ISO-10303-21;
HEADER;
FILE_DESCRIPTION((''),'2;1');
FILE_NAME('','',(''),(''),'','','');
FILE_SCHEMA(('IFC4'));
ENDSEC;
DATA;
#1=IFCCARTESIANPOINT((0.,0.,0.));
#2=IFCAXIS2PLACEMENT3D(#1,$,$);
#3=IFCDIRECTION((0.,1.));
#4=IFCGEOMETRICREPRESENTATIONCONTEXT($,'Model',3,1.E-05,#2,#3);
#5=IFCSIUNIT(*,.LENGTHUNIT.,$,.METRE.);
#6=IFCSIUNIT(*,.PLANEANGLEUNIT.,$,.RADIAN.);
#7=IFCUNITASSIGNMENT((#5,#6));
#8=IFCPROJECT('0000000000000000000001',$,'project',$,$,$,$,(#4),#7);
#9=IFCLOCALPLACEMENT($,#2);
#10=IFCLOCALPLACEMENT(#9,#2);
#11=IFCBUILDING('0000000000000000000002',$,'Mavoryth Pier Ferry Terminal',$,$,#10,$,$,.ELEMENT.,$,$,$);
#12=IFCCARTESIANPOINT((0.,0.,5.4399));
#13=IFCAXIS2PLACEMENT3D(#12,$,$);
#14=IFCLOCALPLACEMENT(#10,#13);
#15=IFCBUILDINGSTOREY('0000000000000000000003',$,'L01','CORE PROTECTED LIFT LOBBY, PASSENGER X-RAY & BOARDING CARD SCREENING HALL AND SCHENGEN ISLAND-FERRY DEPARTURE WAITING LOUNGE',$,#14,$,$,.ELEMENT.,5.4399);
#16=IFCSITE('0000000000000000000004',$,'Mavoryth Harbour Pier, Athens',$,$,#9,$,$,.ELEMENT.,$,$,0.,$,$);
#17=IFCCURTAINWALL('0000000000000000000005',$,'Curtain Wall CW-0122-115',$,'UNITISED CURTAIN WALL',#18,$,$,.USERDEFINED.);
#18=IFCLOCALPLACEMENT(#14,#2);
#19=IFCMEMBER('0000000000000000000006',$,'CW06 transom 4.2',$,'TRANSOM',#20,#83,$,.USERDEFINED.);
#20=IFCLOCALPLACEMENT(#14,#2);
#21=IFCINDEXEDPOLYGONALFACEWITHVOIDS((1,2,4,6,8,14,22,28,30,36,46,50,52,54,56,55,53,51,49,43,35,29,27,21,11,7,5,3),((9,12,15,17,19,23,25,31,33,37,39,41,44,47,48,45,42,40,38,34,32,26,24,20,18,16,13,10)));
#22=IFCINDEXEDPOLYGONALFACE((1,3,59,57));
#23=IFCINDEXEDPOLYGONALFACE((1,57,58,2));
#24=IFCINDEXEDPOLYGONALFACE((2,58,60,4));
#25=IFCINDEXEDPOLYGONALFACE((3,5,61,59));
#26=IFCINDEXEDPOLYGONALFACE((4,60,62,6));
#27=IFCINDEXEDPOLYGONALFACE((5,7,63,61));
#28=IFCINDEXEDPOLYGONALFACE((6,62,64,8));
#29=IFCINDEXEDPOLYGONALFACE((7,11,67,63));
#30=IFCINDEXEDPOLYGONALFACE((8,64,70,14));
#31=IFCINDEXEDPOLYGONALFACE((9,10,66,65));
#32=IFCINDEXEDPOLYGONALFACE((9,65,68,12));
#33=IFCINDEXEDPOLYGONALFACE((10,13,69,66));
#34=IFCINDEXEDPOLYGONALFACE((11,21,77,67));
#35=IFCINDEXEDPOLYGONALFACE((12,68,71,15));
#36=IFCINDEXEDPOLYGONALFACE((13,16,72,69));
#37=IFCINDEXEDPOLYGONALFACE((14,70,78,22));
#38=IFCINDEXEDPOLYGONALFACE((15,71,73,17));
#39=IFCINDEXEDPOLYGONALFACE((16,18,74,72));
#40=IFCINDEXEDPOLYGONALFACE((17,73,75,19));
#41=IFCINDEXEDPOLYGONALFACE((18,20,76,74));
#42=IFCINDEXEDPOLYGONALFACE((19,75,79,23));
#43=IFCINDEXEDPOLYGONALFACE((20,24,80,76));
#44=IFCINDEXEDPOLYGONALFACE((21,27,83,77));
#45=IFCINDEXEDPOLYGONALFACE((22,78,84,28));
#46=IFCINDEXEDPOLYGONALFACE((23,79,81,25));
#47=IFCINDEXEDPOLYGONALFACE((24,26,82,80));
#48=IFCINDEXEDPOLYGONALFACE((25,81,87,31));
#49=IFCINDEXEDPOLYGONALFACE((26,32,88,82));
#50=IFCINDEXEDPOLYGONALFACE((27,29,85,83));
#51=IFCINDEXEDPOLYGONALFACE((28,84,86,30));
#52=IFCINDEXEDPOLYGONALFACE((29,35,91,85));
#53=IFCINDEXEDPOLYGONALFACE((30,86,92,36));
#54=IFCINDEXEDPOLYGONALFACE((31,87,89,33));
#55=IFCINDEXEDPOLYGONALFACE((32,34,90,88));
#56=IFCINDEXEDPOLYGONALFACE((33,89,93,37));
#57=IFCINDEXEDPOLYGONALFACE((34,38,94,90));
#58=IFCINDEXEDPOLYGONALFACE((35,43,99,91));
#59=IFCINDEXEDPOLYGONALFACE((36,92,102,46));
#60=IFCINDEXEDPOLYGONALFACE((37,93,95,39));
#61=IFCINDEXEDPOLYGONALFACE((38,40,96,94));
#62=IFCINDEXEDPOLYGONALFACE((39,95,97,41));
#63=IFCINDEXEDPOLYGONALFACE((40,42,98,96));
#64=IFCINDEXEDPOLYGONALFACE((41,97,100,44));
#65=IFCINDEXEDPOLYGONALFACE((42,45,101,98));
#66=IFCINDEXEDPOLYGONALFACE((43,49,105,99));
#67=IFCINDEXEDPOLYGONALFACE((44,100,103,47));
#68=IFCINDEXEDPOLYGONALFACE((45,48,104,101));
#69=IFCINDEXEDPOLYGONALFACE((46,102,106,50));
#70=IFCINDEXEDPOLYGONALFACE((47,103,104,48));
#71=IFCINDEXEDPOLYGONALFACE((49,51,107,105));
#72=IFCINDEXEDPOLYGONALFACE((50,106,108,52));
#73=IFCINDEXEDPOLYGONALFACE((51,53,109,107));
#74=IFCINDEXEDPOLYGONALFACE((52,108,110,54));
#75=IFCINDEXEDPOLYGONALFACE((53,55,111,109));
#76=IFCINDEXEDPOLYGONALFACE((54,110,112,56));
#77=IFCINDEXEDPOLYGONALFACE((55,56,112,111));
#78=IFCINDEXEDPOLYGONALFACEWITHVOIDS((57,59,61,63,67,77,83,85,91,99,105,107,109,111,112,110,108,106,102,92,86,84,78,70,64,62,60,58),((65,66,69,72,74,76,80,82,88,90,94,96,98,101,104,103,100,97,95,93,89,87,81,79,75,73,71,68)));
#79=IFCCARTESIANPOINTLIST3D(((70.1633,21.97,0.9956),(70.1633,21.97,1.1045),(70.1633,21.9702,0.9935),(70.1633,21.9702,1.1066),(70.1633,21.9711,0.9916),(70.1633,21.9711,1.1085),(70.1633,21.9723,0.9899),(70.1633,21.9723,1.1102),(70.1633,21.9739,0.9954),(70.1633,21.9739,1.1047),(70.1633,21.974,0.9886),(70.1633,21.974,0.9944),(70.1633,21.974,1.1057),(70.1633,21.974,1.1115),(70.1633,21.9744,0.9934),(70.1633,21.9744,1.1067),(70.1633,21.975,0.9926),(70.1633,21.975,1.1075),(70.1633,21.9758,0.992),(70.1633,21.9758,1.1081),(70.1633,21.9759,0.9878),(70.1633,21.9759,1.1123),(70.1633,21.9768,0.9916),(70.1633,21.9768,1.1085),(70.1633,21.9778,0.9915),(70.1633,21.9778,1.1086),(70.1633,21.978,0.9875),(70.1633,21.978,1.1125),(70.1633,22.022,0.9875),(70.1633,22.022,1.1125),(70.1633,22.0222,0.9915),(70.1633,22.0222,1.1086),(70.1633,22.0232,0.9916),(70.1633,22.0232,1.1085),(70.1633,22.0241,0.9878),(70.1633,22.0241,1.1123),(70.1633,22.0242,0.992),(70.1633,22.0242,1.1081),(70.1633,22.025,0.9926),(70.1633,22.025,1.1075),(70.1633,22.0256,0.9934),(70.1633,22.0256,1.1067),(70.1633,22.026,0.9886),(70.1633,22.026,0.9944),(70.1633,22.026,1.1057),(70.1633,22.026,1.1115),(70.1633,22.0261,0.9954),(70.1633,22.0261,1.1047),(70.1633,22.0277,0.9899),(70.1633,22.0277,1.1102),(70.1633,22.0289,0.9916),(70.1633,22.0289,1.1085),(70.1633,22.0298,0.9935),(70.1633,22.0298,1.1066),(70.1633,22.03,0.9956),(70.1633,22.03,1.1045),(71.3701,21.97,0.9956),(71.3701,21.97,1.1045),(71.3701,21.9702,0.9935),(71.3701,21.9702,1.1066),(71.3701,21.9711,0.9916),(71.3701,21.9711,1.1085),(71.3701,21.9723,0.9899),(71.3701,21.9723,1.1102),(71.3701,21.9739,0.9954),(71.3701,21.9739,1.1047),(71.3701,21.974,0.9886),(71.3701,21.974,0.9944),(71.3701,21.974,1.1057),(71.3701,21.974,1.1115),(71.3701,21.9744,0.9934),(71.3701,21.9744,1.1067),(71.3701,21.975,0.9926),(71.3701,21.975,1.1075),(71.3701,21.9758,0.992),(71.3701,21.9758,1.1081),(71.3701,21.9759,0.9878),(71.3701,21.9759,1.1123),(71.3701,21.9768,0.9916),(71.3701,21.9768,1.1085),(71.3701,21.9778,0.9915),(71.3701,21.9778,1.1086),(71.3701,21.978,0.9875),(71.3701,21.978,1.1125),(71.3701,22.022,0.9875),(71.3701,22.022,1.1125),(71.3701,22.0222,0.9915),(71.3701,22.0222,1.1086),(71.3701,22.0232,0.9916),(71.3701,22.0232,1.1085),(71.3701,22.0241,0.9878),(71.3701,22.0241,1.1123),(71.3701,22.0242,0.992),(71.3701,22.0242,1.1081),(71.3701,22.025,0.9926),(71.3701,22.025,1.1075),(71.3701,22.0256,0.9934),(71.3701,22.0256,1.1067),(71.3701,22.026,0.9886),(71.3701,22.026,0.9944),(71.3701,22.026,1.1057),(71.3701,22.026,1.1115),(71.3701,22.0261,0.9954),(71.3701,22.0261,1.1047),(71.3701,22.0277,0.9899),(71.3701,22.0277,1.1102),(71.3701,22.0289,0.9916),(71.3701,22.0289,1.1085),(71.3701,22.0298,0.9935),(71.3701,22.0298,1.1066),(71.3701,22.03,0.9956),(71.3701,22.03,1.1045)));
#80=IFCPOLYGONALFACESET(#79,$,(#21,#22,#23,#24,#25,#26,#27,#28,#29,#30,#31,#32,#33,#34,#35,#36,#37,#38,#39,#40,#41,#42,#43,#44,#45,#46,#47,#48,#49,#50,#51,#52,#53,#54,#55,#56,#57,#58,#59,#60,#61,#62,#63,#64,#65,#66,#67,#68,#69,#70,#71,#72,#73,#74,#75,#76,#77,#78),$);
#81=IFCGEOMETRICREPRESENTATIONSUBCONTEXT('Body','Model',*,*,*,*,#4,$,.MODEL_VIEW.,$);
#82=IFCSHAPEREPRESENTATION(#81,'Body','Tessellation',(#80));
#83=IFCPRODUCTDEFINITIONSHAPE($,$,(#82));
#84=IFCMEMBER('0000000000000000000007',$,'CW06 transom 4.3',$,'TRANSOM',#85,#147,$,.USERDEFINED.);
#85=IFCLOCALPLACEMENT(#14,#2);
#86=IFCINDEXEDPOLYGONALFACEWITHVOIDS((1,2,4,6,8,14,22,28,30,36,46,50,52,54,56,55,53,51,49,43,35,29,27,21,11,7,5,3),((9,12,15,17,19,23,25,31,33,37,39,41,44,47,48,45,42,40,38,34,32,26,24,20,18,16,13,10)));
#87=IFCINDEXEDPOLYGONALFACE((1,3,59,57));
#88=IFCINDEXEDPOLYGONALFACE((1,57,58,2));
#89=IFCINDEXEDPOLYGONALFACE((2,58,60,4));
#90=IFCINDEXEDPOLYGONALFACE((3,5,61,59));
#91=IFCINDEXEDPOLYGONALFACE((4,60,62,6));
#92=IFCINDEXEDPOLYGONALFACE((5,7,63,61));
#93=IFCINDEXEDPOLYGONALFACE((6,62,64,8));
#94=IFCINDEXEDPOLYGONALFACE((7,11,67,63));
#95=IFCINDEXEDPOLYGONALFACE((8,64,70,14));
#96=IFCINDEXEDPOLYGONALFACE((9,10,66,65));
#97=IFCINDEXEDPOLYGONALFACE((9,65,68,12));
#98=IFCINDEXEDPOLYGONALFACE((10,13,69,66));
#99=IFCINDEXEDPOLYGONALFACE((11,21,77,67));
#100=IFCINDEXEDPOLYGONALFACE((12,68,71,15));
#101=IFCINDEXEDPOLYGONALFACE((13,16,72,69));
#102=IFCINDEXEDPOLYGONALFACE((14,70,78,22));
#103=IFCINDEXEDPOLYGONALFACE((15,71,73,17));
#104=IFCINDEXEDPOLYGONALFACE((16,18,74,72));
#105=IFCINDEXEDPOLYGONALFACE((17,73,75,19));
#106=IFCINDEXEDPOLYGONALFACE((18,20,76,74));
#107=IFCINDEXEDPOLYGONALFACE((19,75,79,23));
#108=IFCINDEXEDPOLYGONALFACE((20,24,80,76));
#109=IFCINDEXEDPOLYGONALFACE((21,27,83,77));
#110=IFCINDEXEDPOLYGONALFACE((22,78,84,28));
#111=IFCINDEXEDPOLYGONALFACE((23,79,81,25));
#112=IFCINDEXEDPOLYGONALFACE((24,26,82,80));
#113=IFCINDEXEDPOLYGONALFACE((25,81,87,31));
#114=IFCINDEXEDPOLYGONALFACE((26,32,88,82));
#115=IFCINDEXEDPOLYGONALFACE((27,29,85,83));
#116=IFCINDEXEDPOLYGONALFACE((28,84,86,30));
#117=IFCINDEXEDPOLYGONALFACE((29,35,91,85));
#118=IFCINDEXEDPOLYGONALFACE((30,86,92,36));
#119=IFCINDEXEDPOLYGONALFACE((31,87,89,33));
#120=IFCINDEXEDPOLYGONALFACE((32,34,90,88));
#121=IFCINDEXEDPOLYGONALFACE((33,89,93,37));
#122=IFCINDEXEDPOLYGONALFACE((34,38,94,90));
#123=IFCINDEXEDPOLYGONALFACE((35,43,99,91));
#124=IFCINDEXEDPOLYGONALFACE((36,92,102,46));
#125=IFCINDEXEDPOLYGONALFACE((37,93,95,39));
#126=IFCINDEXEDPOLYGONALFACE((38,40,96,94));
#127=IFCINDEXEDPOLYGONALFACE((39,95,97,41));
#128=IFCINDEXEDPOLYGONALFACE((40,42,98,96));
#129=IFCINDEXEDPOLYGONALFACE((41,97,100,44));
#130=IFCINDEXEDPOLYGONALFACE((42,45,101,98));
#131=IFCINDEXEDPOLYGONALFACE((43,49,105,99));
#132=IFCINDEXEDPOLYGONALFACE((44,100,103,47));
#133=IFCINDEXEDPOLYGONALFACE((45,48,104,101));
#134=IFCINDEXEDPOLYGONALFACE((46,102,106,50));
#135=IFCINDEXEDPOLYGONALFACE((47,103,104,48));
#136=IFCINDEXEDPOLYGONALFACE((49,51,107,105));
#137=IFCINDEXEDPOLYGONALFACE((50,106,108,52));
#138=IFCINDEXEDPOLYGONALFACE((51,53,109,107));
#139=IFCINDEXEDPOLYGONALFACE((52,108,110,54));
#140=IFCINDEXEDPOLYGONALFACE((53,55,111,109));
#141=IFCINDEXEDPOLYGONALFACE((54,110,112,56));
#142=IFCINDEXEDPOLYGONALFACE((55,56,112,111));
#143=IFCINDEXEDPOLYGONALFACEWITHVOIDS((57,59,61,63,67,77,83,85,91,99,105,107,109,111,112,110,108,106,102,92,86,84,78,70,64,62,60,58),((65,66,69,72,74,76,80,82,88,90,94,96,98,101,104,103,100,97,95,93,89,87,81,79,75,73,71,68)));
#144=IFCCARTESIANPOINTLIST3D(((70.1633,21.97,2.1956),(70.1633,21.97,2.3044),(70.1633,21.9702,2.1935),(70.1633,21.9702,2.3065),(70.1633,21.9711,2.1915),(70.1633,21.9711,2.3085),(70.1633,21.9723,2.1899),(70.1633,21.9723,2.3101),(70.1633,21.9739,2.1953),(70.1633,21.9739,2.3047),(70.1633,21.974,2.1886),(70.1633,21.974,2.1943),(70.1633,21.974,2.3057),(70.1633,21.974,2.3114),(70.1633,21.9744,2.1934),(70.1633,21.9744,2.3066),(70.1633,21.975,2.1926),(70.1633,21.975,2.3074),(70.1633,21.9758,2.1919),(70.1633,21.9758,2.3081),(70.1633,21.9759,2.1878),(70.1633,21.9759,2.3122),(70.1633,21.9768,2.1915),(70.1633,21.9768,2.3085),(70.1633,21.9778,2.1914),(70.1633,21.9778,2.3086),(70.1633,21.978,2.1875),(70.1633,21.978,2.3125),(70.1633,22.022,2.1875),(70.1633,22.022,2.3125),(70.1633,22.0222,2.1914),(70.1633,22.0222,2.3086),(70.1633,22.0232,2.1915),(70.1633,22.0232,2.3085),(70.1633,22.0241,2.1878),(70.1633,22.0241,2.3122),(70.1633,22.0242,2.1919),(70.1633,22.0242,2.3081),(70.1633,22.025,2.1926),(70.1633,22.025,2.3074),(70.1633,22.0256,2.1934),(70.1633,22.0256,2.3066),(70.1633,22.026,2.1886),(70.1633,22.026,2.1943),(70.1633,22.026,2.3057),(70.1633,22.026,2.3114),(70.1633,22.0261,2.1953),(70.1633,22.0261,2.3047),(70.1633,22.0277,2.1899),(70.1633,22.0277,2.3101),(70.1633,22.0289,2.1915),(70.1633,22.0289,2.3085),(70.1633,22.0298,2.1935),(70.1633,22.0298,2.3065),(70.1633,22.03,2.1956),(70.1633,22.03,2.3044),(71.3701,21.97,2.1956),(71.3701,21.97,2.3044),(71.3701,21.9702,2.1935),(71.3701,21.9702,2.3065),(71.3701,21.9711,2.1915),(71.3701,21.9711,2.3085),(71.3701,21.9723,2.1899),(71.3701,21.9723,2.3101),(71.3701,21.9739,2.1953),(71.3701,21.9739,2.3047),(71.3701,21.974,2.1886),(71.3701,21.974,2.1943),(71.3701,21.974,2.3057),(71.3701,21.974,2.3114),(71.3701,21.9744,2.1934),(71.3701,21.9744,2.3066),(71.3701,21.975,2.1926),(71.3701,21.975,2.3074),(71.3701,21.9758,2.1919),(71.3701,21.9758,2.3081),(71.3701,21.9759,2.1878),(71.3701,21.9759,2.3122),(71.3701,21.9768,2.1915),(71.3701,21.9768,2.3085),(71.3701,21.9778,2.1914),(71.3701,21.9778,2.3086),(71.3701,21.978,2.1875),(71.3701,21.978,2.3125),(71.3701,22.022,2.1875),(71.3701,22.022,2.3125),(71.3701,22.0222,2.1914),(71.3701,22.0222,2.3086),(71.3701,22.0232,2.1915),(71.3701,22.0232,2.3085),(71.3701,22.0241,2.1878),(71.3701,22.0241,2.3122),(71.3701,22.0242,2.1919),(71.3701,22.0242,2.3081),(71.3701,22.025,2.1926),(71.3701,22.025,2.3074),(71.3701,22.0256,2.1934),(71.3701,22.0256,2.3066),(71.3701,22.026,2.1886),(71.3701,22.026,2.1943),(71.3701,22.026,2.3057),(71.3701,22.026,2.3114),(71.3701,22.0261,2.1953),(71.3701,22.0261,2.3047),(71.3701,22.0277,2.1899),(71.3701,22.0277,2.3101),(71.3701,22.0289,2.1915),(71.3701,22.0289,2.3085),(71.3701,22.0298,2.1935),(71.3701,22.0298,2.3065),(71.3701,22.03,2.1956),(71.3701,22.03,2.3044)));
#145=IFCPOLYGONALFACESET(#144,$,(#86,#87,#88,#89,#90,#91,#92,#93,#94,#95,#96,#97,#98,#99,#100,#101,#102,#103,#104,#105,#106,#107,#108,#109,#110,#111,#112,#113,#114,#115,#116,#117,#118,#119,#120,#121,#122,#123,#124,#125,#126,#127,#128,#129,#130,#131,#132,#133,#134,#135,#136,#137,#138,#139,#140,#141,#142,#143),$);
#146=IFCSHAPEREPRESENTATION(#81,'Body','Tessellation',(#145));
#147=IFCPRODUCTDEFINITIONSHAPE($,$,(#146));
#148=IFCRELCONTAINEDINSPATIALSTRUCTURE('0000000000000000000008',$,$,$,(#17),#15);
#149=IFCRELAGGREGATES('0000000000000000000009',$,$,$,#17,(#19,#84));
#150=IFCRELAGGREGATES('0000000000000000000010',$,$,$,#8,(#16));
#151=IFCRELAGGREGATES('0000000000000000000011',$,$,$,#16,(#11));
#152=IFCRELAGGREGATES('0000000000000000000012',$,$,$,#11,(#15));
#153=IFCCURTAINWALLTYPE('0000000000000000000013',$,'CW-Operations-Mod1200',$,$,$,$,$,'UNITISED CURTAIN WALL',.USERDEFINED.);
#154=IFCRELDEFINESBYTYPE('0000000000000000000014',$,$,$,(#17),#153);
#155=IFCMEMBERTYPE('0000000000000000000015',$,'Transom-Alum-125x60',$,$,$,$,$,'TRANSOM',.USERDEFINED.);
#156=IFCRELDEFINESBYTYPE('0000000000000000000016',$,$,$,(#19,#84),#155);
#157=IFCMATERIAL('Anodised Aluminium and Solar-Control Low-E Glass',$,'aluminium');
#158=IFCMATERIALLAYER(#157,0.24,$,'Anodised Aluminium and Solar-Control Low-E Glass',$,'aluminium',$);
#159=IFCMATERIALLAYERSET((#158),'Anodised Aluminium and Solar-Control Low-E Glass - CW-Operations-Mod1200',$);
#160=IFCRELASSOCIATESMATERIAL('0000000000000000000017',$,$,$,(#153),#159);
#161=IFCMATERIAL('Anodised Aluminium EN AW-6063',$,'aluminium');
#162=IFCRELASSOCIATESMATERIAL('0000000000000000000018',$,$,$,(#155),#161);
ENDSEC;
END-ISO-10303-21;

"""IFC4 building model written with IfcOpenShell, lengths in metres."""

from ifc_helpers import new_model, si_unit, direction, frame, origin, origin_2d, place, context, subcontext, project, spatial, hollow_rectangle, extrude, material, layer, layer_set, material_profile, profile_set, type_object, element, aggregate, save


model = new_model("IFC4")

# Units and contexts
model_context = context("Model", 3, precision=1e-05, world=origin(), true_north=direction((0.0, 1.0)))
body_context = subcontext(model_context, "Body", "Model", "MODEL_VIEW")
ifc_project = project(units=[si_unit("LENGTHUNIT", "METRE"), si_unit("PLANEANGLEUNIT", "RADIAN")], contexts=[model_context])

# Site, building, storey
site_placement = place(None, origin())
site = spatial("IfcSite", under=ifc_project, at=site_placement, Name="Mavoryth Harbour Pier, Athens", CompositionType="ELEMENT", RefElevation=0.0)
building_placement = place(site_placement, origin())
building = spatial("IfcBuilding", under=site, at=building_placement, Name="Mavoryth Pier Ferry Terminal", CompositionType="ELEMENT")
storey_placement = place(building_placement, frame((0.0, 0.0, 5.4399)))
storey = spatial("IfcBuildingStorey", under=building, at=storey_placement, Name="L01", Description="CORE PROTECTED LIFT LOBBY, PASSENGER X-RAY & BOARDING CARD SCREENING HALL AND SCHENGEN ISLAND-FERRY DEPARTURE WAITING LOUNGE", CompositionType="ELEMENT", Elevation=5.4399)

# Curtain wall
ifc_material_1 = material(Name="Anodised Aluminium and Solar-Control Low-E Glass", Category="aluminium")
ifc_layer_1 = layer(ifc_material_1, 0.24, Name="Anodised Aluminium and Solar-Control Low-E Glass", Category="aluminium")
ifc_layer_set_1 = layer_set([ifc_layer_1], Name="Anodised Aluminium and Solar-Control Low-E Glass - CW-Operations-Mod1200")
curtain_wall_type = type_object("IfcCurtainWallType", Name="CW-Operations-Mod1200", ElementType="UNITISED CURTAIN WALL", PredefinedType="USERDEFINED", material=ifc_layer_set_1)
ifc_material_2 = material(Name="Anodised Aluminium EN AW-6063", Category="aluminium")
curtain_wall_1_placement = place(storey_placement, origin())
curtain_wall_1 = element("IfcCurtainWall", 1, at=curtain_wall_1_placement, inside=storey, type_object=curtain_wall_type, Name="Curtain Wall CW-0122-115", ObjectType="UNITISED CURTAIN WALL", PredefinedType="USERDEFINED")

# Members
ifc_material_profile_1 = material_profile(ifc_material_2, hollow_rectangle(XDim=0.0601, YDim=0.125, WallThickness=0.0039, InnerFilletRadius=0.0039, OuterFilletRadius=0.0081, at=origin_2d()), Name="AL-TRAN 125x60x4", Category="aluminium")
ifc_profile_set_1 = profile_set([ifc_material_profile_1], Name="Anodised Aluminium EN AW-6063 - AL-TRAN 125x60x4")
member_type_1 = type_object("IfcMemberType", Name="Transom-Alum-125x60", ElementType="TRANSOM", PredefinedType="USERDEFINED", material=ifc_profile_set_1)
member_1_placement = place(storey_placement, frame((71.3701, 22.0, 1.05), z_axis=(-1.0, 0.0, 0.0), x_axis=(0.0, -1.0, 0.0)))
member_1 = element("IfcMember", 2, at=member_1_placement, type_object=member_type_1, Name="CW06 transom 4.2", ObjectType="TRANSOM", PredefinedType="USERDEFINED", context=body_context, shape_type="SweptSolid", body=[
    extrude(hollow_rectangle(XDim=0.0601, YDim=0.125, WallThickness=0.0039, InnerFilletRadius=0.0039, OuterFilletRadius=0.0081, at=origin_2d()), origin(), (0.0, 0.0, 1.0), 1.2068),
])
member_2_placement = place(storey_placement, frame((71.3701, 22.0, 2.25), z_axis=(-1.0, 0.0, 0.0), x_axis=(0.0, -1.0, 0.0)))
member_2 = element("IfcMember", 3, at=member_2_placement, type_object=member_type_1, Name="CW06 transom 4.3", ObjectType="TRANSOM", PredefinedType="USERDEFINED", context=body_context, shape_type="SweptSolid", body=[
    extrude(hollow_rectangle(XDim=0.0601, YDim=0.125, WallThickness=0.0039, InnerFilletRadius=0.0039, OuterFilletRadius=0.0081, at=origin_2d()), origin(), (0.0, 0.0, 1.0), 1.2068),
])

aggregate(curtain_wall_1, [member_1, member_2])

save(model, "model.ifc")
